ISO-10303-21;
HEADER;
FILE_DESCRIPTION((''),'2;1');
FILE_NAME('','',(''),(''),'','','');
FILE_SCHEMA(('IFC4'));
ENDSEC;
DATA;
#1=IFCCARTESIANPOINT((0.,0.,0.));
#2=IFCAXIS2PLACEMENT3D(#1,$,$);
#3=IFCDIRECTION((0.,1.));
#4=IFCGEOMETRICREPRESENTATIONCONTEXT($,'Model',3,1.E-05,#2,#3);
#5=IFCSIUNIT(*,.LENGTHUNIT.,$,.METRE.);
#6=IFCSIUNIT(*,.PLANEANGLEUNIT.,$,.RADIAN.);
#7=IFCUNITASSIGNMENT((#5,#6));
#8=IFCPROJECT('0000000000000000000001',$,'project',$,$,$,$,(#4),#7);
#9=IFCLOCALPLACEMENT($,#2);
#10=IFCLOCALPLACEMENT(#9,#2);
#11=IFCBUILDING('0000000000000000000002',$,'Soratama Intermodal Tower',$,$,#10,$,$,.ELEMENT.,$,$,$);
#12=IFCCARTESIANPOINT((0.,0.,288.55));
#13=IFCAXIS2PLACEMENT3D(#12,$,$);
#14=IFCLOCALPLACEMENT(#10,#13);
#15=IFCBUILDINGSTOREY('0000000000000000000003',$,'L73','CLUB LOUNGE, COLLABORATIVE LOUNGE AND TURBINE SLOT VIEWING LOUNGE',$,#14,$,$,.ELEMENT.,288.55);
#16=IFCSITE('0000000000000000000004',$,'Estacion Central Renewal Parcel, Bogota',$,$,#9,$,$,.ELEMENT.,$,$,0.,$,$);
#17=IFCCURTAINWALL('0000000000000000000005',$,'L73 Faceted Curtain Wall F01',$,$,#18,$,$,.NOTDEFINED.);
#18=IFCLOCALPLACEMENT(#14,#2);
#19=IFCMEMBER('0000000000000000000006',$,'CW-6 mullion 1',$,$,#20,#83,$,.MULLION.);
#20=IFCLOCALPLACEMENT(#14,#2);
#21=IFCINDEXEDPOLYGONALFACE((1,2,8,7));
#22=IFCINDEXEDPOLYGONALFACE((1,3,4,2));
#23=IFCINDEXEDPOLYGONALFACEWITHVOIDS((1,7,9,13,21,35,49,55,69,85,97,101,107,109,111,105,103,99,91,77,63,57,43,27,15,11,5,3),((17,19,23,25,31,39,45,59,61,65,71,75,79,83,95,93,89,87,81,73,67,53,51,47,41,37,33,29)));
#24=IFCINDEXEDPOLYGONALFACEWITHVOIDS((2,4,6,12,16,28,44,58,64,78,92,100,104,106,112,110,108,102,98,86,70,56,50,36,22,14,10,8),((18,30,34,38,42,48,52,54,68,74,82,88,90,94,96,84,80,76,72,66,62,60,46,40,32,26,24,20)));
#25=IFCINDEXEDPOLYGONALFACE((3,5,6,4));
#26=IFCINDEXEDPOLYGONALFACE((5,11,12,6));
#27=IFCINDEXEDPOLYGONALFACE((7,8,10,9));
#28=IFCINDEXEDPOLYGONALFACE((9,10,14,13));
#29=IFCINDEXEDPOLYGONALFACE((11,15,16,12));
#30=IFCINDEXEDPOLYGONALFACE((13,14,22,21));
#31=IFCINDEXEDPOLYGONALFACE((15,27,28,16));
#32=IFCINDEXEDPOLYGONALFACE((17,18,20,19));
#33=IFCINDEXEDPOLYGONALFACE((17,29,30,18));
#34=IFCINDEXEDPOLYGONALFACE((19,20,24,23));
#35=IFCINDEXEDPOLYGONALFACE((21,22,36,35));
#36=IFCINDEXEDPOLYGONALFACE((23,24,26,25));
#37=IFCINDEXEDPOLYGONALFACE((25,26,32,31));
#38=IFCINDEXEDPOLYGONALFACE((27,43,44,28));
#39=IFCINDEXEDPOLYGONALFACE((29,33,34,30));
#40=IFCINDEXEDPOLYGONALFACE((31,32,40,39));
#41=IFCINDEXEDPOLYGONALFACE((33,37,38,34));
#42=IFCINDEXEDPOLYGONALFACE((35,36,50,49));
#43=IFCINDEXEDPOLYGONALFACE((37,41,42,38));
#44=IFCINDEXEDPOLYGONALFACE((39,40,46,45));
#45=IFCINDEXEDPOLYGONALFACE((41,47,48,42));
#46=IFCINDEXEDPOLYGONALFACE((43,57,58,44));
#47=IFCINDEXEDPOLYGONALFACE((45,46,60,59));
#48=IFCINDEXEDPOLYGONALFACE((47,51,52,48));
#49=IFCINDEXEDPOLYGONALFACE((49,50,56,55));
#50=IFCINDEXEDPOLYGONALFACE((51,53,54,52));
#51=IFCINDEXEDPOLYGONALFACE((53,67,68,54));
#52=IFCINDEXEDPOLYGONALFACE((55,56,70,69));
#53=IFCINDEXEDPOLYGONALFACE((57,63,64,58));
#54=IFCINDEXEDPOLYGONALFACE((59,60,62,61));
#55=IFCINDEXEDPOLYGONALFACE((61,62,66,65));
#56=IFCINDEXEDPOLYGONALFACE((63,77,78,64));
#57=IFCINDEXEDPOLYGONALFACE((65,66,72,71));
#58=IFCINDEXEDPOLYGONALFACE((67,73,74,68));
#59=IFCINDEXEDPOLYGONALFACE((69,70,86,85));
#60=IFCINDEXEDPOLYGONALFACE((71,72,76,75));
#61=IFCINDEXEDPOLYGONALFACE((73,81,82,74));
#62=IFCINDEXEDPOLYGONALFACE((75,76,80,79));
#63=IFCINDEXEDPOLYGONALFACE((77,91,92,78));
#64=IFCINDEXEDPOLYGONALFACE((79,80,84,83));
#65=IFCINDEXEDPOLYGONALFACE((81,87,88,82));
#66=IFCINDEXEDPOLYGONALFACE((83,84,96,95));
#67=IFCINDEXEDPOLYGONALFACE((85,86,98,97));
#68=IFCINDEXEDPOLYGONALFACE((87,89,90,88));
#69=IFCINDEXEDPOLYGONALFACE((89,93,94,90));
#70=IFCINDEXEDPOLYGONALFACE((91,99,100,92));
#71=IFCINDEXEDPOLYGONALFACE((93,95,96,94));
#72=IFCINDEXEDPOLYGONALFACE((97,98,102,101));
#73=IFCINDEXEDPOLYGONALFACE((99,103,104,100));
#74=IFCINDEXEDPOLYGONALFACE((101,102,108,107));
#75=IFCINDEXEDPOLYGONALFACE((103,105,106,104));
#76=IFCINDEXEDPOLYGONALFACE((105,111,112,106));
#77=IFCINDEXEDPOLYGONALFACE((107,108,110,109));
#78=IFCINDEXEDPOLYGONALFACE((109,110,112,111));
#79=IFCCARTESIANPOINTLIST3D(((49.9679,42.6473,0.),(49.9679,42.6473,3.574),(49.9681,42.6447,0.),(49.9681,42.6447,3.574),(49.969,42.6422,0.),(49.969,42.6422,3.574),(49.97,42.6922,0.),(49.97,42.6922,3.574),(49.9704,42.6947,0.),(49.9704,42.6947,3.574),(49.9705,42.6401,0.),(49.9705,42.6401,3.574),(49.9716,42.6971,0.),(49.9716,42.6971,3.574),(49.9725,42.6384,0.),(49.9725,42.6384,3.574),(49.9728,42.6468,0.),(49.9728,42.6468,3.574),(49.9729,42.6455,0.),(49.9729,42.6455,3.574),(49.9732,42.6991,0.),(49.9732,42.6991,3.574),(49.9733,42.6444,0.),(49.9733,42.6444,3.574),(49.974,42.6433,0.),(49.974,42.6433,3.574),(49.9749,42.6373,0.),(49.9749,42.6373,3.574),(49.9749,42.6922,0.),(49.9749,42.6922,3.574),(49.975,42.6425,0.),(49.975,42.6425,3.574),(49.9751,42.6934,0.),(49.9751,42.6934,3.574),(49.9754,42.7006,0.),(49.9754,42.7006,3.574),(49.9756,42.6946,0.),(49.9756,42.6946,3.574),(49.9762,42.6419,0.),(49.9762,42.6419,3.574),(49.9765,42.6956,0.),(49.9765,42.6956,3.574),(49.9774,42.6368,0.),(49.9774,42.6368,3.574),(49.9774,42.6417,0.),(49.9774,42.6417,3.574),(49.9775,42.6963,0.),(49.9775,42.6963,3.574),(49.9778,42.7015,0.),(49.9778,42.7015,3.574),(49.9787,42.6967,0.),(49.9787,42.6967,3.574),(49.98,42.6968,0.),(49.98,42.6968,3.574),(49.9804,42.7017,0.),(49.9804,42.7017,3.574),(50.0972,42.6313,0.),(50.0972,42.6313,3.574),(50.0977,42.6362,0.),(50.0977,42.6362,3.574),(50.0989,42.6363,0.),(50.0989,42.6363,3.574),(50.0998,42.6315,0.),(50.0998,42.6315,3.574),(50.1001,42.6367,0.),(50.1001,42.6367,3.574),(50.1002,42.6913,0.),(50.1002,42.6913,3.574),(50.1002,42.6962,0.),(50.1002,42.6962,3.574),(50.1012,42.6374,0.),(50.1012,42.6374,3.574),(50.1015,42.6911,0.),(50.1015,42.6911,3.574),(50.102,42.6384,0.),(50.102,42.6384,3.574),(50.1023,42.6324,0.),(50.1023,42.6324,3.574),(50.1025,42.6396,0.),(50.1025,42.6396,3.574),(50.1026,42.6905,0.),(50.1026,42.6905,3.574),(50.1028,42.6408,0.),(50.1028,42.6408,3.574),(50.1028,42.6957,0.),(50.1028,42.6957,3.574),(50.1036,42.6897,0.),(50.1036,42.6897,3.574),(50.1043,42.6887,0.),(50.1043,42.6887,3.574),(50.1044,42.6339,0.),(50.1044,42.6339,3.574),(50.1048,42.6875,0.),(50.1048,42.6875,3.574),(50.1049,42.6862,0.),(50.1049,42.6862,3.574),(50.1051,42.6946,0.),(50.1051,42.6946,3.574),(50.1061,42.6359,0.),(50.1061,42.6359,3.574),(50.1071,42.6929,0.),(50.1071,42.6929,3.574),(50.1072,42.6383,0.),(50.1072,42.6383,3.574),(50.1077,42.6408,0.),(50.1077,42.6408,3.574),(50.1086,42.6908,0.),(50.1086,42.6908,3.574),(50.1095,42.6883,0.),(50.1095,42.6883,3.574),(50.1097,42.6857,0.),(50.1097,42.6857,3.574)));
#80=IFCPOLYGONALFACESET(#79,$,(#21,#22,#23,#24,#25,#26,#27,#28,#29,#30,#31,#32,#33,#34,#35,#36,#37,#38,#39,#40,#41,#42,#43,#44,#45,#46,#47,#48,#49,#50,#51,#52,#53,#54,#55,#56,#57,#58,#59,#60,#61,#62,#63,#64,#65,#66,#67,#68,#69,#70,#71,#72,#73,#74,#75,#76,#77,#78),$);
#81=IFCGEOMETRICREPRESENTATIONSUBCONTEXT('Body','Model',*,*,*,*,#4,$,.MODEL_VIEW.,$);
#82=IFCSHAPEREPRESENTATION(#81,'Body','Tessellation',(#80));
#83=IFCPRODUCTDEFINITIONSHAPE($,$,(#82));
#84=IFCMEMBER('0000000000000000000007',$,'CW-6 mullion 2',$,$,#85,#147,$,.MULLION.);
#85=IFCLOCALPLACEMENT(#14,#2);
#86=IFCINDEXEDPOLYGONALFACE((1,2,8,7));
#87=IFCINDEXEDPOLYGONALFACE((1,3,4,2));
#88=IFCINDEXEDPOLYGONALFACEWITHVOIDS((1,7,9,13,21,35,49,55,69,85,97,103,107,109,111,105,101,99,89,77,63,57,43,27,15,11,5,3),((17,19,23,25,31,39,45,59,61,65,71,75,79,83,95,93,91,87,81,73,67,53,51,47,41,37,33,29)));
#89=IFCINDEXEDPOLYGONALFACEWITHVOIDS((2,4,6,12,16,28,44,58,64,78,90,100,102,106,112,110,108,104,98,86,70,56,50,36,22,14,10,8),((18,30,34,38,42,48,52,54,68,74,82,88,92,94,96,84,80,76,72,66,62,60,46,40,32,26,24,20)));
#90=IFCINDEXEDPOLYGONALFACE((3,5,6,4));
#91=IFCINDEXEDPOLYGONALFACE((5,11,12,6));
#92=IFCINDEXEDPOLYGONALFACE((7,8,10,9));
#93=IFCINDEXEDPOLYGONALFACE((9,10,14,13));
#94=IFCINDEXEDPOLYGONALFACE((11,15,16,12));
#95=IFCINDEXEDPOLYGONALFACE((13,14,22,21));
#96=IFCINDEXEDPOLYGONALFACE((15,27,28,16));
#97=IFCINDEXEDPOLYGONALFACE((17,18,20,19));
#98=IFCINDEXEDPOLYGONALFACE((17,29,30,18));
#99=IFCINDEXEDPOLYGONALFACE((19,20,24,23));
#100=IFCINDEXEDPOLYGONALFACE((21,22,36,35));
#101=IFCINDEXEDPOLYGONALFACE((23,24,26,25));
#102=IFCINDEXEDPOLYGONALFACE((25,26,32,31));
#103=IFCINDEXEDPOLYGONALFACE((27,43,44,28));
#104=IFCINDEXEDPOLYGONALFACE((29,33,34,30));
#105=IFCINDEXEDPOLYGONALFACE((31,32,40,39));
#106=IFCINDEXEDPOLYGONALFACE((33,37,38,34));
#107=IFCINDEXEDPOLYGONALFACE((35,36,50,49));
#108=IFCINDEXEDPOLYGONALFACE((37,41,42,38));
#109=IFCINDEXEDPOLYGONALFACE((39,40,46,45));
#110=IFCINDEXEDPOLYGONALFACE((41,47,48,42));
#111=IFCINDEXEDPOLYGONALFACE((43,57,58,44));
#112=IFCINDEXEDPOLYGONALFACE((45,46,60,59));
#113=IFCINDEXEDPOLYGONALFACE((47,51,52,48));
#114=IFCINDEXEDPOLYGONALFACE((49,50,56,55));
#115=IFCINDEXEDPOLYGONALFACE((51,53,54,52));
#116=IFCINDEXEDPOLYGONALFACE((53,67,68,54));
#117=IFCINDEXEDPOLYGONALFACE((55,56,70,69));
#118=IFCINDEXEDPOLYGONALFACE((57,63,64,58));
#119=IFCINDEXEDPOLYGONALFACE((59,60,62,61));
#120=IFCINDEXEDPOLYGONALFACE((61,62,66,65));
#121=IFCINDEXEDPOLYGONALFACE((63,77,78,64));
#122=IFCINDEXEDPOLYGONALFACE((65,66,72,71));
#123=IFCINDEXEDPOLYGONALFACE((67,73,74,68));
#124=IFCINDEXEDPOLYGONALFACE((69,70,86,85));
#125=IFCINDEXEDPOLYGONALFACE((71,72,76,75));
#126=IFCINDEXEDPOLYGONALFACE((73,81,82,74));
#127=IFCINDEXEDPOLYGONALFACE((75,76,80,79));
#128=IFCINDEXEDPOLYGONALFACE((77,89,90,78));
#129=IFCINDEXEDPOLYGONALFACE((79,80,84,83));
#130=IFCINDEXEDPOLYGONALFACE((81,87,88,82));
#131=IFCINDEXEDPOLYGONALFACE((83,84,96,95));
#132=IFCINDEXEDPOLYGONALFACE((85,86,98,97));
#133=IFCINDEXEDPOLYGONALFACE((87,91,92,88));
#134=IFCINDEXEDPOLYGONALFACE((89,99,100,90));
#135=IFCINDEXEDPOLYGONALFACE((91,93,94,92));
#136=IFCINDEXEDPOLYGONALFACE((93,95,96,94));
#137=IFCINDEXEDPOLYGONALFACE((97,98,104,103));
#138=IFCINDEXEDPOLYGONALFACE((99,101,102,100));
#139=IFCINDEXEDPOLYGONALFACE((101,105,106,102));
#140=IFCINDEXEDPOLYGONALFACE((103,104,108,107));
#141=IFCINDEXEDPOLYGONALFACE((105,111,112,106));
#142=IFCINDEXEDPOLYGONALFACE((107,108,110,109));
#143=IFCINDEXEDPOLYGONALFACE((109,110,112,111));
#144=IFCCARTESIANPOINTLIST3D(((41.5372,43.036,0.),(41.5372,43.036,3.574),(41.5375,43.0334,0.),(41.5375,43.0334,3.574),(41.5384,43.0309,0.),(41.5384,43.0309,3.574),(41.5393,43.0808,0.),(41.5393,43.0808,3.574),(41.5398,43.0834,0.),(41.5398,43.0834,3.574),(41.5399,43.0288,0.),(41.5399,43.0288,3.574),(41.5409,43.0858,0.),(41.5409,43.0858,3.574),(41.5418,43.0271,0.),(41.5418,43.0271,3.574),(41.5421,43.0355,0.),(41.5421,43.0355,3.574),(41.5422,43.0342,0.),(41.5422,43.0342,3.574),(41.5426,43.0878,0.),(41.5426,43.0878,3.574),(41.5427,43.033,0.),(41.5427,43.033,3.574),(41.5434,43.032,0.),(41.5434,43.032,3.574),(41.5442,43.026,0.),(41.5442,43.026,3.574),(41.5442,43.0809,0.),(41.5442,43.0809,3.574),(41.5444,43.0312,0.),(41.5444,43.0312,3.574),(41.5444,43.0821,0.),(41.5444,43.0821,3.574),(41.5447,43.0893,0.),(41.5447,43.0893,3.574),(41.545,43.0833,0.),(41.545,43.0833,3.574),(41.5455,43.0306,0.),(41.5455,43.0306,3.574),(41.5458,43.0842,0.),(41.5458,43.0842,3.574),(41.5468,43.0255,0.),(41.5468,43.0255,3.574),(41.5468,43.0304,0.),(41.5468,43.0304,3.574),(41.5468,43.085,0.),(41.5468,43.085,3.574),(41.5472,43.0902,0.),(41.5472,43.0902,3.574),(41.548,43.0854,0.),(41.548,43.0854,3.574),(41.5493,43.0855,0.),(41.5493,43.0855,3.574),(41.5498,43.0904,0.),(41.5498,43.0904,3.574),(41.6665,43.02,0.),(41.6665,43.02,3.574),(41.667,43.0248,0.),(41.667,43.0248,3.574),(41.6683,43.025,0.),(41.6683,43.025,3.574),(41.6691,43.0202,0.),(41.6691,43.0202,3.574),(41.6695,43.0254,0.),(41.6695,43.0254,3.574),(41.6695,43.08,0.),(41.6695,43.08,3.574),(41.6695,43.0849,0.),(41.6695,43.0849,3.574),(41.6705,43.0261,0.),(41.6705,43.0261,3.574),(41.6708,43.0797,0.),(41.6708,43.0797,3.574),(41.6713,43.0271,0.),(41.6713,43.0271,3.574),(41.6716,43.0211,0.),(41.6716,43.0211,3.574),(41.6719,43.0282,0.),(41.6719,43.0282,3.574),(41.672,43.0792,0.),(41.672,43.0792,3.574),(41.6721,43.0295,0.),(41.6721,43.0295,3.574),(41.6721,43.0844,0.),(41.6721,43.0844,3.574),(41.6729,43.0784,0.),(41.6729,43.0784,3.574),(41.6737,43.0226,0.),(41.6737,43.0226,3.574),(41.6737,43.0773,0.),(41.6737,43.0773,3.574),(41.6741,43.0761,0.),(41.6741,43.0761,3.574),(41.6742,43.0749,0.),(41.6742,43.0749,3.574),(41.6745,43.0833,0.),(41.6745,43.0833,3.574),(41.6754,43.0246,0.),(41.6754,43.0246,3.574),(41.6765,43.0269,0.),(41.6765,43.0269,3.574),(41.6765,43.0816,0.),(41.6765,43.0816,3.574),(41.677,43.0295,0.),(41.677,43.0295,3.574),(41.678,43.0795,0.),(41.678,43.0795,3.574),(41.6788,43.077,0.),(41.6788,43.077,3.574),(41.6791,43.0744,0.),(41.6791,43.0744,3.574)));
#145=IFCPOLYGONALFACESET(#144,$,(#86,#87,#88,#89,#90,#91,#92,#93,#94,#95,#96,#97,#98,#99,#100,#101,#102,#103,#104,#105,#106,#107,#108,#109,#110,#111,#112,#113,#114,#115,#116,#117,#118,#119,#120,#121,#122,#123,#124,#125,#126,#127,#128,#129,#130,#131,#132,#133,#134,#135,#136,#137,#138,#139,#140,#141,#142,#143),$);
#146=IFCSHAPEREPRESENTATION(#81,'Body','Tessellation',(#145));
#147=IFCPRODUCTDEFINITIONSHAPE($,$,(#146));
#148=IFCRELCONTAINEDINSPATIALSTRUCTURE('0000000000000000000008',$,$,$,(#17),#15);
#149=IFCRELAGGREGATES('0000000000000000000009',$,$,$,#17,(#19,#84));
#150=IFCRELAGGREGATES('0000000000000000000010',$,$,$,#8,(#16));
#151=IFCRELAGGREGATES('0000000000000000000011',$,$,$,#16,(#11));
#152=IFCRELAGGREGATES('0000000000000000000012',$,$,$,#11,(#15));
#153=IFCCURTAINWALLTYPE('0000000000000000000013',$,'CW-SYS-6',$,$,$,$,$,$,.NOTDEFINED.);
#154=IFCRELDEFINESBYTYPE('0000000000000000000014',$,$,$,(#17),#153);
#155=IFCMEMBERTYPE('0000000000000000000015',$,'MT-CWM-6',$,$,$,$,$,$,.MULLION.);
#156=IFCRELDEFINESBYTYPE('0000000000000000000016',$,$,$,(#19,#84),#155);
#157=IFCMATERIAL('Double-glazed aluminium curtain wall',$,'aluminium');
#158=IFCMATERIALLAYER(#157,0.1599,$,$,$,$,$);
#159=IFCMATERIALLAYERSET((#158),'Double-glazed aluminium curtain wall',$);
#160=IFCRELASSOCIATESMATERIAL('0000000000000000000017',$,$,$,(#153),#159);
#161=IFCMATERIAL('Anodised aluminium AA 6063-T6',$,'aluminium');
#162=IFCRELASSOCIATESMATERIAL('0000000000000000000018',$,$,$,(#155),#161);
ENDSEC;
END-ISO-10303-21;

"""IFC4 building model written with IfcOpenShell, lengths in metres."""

from ifc_helpers import new_model, si_unit, direction, frame, origin, origin_2d, place, context, subcontext, project, spatial, hollow_rectangle, extrude, material, layer, layer_set, material_profile, profile_set, type_object, element, aggregate, save


model = new_model("IFC4")

# Units and contexts
model_context = context("Model", 3, precision=1e-05, world=origin(), true_north=direction((0.0, 1.0)))
body_context = subcontext(model_context, "Body", "Model", "MODEL_VIEW")
ifc_project = project(units=[si_unit("LENGTHUNIT", "METRE"), si_unit("PLANEANGLEUNIT", "RADIAN")], contexts=[model_context])

# Site, building, storey
site_placement = place(None, origin())
site = spatial("IfcSite", under=ifc_project, at=site_placement, Name="Estacion Central Renewal Parcel, Bogota", CompositionType="ELEMENT", RefElevation=0.0)
building_placement = place(site_placement, origin())
building = spatial("IfcBuilding", under=site, at=building_placement, Name="Soratama Intermodal Tower", CompositionType="ELEMENT")
storey_placement = place(building_placement, frame((0.0, 0.0, 288.55)))
storey = spatial("IfcBuildingStorey", under=building, at=storey_placement, Name="L73", Description="CLUB LOUNGE, COLLABORATIVE LOUNGE AND TURBINE SLOT VIEWING LOUNGE", CompositionType="ELEMENT", Elevation=288.55)

# Curtain wall, members
ifc_material_1 = material(Name="Double-glazed aluminium curtain wall", Category="aluminium")
ifc_layer_1 = layer(ifc_material_1, 0.1599)
ifc_layer_set_1 = layer_set([ifc_layer_1], Name="Double-glazed aluminium curtain wall")
curtain_wall_type = type_object("IfcCurtainWallType", Name="CW-SYS-6", PredefinedType="NOTDEFINED", material=ifc_layer_set_1)
curtain_wall_placement = place(storey_placement, origin())
curtain_wall = element("IfcCurtainWall", 1, at=curtain_wall_placement, inside=storey, type_object=curtain_wall_type, Name="L73 Faceted Curtain Wall F01", PredefinedType="NOTDEFINED")
ifc_material_2 = material(Name="Anodised aluminium AA 6063-T6", Category="aluminium")
ifc_material_profile_1 = material_profile(ifc_material_2, hollow_rectangle(XDim=0.0649, YDim=0.1399, WallThickness=0.0049, InnerFilletRadius=0.0049, OuterFilletRadius=0.01, at=origin_2d()), Name="CWM140X65X5")
ifc_profile_set_1 = profile_set([ifc_material_profile_1], Name="Anodised aluminium AA 6063-T6")
member_type_1 = type_object("IfcMemberType", Name="MT-CWM-6", PredefinedType="MULLION", material=ifc_profile_set_1)
member_1_placement = place(storey_placement, frame((50.0388, 42.6665, 0.0), z_axis=(0.0, 0.0, 1.0), x_axis=(-0.04606, -0.998939, 0.0)))
member_1 = element("IfcMember", 2, at=member_1_placement, type_object=member_type_1, Name="CW-6 mullion 1", PredefinedType="MULLION", context=body_context, shape_type="SweptSolid", body=[
    extrude(hollow_rectangle(XDim=0.0649, YDim=0.1399, WallThickness=0.0049, InnerFilletRadius=0.0049, OuterFilletRadius=0.01, at=origin_2d()), origin(), (0.0, 0.0, 1.0), 3.574),
])
member_2_placement = place(storey_placement, frame((41.6082, 43.0552, 0.0), z_axis=(0.0, 0.0, 1.0), x_axis=(-0.04606, -0.998939, 0.0)))
member_2 = element("IfcMember", 3, at=member_2_placement, type_object=member_type_1, Name="CW-6 mullion 2", PredefinedType="MULLION", context=body_context, shape_type="SweptSolid", body=[
    extrude(hollow_rectangle(XDim=0.0649, YDim=0.1399, WallThickness=0.0049, InnerFilletRadius=0.0049, OuterFilletRadius=0.01, at=origin_2d()), origin(), (0.0, 0.0, 1.0), 3.574),
])

aggregate(curtain_wall, [member_1, member_2])

save(model, "model.ifc")
